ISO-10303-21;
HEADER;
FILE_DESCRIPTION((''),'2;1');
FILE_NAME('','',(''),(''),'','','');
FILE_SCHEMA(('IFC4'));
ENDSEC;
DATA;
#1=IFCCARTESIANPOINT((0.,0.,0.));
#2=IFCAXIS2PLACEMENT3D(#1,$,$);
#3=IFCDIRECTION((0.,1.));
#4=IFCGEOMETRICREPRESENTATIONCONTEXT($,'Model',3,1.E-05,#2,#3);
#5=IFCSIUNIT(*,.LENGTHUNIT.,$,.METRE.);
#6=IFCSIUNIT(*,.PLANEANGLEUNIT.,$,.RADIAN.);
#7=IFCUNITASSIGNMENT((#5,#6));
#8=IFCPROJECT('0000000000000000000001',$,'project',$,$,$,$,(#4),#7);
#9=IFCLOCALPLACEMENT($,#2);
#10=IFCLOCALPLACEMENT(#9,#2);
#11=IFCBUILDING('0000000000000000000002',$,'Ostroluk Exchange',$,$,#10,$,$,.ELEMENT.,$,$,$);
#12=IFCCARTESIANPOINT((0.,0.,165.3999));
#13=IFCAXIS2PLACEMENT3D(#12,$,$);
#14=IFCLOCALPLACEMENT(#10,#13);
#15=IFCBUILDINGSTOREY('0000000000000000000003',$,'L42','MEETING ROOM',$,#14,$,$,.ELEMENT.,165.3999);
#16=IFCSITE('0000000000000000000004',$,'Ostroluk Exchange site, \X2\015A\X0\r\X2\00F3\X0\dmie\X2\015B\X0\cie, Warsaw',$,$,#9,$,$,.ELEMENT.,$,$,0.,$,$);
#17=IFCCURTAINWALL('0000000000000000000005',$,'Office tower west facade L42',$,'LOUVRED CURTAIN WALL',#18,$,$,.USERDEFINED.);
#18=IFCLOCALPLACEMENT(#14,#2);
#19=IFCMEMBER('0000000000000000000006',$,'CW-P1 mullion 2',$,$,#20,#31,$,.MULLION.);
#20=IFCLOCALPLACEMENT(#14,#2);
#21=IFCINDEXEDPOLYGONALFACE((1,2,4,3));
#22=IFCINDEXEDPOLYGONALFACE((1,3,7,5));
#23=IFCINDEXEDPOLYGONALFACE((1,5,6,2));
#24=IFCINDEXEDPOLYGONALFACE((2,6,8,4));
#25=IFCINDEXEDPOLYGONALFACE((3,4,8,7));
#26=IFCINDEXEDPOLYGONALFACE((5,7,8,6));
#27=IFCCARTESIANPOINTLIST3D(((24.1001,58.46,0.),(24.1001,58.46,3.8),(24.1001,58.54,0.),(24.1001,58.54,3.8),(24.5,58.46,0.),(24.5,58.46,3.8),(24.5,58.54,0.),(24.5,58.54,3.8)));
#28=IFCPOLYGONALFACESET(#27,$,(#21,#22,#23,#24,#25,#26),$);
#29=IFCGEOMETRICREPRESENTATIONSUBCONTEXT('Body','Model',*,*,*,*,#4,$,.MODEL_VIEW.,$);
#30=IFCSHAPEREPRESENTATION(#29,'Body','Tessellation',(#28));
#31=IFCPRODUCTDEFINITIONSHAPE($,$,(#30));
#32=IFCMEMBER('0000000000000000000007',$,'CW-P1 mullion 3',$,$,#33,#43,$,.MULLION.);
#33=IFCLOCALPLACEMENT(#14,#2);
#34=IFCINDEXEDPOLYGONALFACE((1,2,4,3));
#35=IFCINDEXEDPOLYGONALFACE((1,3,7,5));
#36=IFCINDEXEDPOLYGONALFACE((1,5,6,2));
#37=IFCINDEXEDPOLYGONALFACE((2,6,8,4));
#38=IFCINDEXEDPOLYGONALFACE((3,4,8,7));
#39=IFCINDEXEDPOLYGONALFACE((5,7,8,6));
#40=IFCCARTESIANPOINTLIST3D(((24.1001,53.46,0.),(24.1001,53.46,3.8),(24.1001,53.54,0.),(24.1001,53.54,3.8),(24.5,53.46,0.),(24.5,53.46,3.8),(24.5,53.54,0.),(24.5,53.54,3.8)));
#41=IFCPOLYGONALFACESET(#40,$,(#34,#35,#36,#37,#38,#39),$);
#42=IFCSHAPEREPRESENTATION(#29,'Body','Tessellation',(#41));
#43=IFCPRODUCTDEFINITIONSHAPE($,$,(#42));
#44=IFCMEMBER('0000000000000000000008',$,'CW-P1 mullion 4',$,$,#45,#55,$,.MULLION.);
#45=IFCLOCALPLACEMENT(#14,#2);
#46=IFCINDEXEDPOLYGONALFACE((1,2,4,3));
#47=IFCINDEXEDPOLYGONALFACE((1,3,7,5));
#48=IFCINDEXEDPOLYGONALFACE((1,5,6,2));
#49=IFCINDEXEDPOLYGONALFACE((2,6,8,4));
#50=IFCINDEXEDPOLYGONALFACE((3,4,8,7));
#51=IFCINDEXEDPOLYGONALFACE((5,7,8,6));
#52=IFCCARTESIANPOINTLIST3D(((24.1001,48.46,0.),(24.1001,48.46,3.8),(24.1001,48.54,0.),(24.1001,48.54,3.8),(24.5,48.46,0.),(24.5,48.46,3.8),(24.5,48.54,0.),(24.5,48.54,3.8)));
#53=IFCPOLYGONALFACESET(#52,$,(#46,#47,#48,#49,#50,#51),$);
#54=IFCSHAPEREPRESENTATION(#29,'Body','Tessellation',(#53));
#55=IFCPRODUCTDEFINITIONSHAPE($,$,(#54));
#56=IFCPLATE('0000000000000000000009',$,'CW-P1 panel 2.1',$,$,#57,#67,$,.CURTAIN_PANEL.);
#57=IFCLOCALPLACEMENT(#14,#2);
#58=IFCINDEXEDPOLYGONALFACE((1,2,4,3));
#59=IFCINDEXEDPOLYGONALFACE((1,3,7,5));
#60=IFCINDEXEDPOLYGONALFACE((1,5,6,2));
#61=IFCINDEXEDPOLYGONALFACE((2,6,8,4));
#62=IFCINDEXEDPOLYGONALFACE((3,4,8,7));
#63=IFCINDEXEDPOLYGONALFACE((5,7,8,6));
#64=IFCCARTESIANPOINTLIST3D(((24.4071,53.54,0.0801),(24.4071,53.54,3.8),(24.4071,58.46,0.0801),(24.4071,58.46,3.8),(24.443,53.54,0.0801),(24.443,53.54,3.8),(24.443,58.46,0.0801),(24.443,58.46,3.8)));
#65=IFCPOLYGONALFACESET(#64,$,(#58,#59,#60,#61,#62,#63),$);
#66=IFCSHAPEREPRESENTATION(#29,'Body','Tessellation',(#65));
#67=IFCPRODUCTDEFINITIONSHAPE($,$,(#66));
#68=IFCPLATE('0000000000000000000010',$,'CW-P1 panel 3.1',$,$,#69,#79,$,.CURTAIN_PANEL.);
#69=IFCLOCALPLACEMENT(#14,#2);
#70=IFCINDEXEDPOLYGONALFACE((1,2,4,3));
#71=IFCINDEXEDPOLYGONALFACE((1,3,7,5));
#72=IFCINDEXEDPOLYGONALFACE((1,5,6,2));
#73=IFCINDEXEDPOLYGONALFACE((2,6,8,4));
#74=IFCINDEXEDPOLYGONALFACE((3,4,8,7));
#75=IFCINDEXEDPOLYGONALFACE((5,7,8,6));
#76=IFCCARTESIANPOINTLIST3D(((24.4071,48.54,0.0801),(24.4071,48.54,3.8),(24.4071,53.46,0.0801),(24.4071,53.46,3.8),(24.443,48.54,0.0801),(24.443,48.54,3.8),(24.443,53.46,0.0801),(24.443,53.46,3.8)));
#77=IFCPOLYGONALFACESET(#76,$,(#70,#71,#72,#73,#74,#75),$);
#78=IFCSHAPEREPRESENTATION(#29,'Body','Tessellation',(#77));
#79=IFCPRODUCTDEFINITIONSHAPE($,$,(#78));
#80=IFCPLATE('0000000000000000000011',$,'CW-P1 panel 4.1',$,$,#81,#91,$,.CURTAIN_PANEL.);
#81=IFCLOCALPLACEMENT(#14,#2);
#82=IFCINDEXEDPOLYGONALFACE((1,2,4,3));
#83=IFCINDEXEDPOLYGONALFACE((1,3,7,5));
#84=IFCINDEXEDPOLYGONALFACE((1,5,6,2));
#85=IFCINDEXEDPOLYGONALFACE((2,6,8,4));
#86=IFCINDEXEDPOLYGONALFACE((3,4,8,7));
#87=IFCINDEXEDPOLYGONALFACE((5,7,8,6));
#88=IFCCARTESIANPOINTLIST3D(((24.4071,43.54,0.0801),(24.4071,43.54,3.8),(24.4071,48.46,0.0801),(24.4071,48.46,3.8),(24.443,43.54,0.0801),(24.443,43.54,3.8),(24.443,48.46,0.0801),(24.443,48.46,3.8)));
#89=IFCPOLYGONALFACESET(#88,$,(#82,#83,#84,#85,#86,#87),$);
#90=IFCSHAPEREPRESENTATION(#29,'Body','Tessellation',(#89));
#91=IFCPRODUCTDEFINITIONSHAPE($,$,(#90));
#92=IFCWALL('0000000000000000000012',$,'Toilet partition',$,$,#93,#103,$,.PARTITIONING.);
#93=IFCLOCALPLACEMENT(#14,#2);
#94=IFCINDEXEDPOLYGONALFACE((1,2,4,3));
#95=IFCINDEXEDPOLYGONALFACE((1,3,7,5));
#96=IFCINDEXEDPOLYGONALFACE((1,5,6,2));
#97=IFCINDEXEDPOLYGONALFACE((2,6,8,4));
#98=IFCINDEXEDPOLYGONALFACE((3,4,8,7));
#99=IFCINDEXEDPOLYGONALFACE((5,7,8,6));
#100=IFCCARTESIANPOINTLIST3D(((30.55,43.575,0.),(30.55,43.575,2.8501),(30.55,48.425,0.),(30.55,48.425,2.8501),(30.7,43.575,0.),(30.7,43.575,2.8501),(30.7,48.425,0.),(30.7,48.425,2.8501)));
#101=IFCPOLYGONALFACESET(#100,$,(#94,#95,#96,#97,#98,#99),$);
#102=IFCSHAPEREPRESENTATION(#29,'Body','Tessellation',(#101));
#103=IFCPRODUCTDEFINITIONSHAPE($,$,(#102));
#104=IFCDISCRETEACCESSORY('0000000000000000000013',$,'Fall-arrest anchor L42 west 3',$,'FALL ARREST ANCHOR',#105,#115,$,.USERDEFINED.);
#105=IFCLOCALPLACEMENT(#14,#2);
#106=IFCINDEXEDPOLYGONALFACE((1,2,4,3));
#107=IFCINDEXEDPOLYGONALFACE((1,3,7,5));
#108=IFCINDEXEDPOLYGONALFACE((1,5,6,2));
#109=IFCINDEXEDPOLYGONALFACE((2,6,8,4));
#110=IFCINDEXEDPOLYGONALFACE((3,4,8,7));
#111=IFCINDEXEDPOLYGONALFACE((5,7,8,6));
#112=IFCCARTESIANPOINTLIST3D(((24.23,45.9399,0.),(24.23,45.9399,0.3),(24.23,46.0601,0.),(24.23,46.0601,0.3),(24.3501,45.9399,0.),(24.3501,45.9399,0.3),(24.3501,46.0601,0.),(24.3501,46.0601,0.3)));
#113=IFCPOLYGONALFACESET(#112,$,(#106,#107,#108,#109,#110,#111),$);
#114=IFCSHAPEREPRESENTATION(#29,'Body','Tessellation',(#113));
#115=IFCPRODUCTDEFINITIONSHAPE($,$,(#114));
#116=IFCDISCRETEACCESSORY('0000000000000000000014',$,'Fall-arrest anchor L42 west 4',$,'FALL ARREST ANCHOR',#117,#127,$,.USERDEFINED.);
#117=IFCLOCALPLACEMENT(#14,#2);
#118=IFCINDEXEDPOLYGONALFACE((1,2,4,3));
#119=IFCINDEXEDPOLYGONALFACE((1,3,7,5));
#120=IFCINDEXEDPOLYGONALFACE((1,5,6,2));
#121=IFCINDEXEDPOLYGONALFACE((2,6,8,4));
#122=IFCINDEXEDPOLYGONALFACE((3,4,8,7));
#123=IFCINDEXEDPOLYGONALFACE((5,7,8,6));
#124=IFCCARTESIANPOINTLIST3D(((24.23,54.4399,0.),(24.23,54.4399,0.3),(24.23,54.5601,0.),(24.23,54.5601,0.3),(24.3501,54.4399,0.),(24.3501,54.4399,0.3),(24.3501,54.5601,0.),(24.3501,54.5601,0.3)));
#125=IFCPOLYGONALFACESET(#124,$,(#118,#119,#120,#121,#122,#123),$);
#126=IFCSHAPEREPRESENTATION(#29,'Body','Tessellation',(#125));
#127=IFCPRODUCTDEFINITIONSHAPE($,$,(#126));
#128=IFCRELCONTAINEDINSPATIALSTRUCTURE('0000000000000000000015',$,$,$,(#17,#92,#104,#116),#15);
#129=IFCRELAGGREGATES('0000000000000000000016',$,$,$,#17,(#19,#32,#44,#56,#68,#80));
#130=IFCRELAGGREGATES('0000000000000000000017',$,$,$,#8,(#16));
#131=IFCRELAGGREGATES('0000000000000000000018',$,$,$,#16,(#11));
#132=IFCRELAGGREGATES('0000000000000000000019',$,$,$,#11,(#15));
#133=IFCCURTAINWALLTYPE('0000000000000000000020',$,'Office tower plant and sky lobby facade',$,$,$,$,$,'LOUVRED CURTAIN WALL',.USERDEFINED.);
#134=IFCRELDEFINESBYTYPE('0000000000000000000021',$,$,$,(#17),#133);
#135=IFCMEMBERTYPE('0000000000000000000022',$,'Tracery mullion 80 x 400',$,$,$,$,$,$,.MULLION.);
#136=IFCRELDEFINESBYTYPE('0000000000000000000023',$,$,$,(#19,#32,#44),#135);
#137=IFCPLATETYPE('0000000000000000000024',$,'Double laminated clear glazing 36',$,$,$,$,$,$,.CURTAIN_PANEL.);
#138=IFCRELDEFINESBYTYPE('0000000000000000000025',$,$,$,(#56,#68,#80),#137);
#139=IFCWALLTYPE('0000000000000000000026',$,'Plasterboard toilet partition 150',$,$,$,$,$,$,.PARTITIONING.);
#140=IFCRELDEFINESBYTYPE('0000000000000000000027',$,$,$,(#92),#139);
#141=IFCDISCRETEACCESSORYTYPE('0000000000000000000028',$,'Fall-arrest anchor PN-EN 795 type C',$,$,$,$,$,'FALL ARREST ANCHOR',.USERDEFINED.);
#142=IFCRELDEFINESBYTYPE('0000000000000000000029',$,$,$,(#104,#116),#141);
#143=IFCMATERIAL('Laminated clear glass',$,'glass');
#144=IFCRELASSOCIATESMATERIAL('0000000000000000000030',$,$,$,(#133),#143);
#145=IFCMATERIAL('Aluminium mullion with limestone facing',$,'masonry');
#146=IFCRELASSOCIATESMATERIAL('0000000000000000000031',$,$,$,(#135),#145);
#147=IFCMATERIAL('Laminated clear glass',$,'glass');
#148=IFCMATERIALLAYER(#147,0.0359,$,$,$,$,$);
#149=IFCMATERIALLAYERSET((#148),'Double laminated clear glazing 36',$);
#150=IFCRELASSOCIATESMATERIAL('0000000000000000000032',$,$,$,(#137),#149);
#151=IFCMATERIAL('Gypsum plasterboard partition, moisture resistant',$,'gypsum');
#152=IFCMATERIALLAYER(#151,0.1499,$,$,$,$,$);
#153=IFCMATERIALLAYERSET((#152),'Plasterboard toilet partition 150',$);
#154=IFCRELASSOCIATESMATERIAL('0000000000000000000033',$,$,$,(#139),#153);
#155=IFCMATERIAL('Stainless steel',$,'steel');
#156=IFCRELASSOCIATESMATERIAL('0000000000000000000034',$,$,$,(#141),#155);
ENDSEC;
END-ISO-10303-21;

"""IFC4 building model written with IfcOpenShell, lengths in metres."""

from ifc_helpers import new_model, si_unit, direction, frame, frame_2d, origin, origin_2d, place, context, subcontext, project, spatial, rectangle, extrude, material, layer, layer_set, material_profile, profile_set, type_object, element, aggregate, save


model = new_model("IFC4")

# Units and contexts
model_context = context("Model", 3, precision=1e-05, world=origin(), true_north=direction((0.0, 1.0)))
body_context = subcontext(model_context, "Body", "Model", "MODEL_VIEW")
ifc_project = project(units=[si_unit("LENGTHUNIT", "METRE"), si_unit("PLANEANGLEUNIT", "RADIAN")], contexts=[model_context])

# Site, building, storey
site_placement = place(None, origin())
site = spatial("IfcSite", under=ifc_project, at=site_placement, Name="Ostroluk Exchange site, Śródmieście, Warsaw", CompositionType="ELEMENT", RefElevation=0.0)
building_placement = place(site_placement, origin())
building = spatial("IfcBuilding", under=site, at=building_placement, Name="Ostroluk Exchange", CompositionType="ELEMENT")
storey_placement = place(building_placement, frame((0.0, 0.0, 165.3999)))
storey = spatial("IfcBuildingStorey", under=building, at=storey_placement, Name="L42", Description="MEETING ROOM", CompositionType="ELEMENT", Elevation=165.3999)

# Curtain wall, members, plates
ifc_material_1 = material(Name="Laminated clear glass", Category="glass")
curtain_wall_type = type_object("IfcCurtainWallType", Name="Office tower plant and sky lobby facade", ElementType="LOUVRED CURTAIN WALL", PredefinedType="USERDEFINED", material=ifc_material_1)
curtain_wall_placement = place(storey_placement, origin())
curtain_wall = element("IfcCurtainWall", 1, at=curtain_wall_placement, inside=storey, type_object=curtain_wall_type, Name="Office tower west facade L42", ObjectType="LOUVRED CURTAIN WALL", PredefinedType="USERDEFINED")
ifc_material_2 = material(Name="Aluminium mullion with limestone facing", Category="masonry")
ifc_material_profile_1 = material_profile(ifc_material_2, rectangle(XDim=0.3999, YDim=0.0801, at=origin_2d()), Name="Tracery mullion 80 x 400")
ifc_profile_set_1 = profile_set([ifc_material_profile_1], Name="Aluminium mullion with limestone facing")
member_type_1 = type_object("IfcMemberType", Name="Tracery mullion 80 x 400", PredefinedType="MULLION", material=ifc_profile_set_1)
member_1_placement = place(storey_placement, frame((24.3, 58.5, 0.0), z_axis=(0.0, 0.0, 1.0), x_axis=(1.0, 0.0, 0.0)))
member_1 = element("IfcMember", 2, at=member_1_placement, type_object=member_type_1, Name="CW-P1 mullion 2", PredefinedType="MULLION", context=body_context, shape_type="SweptSolid", body=[
    extrude(rectangle(XDim=0.3999, YDim=0.0801, at=origin_2d()), origin(), (0.0, 0.0, 1.0), 3.8),
])
member_2_placement = place(storey_placement, frame((24.3, 53.5, 0.0), z_axis=(0.0, 0.0, 1.0), x_axis=(1.0, 0.0, 0.0)))
member_2 = element("IfcMember", 3, at=member_2_placement, type_object=member_type_1, Name="CW-P1 mullion 3", PredefinedType="MULLION", context=body_context, shape_type="SweptSolid", body=[
    extrude(rectangle(XDim=0.3999, YDim=0.0801, at=origin_2d()), origin(), (0.0, 0.0, 1.0), 3.8),
])
member_3_placement = place(storey_placement, frame((24.3, 48.5, 0.0), z_axis=(0.0, 0.0, 1.0), x_axis=(1.0, 0.0, 0.0)))
member_3 = element("IfcMember", 4, at=member_3_placement, type_object=member_type_1, Name="CW-P1 mullion 4", PredefinedType="MULLION", context=body_context, shape_type="SweptSolid", body=[
    extrude(rectangle(XDim=0.3999, YDim=0.0801, at=origin_2d()), origin(), (0.0, 0.0, 1.0), 3.8),
])
ifc_material_3 = material(Name="Laminated clear glass", Category="glass")
ifc_layer_1 = layer(ifc_material_3, 0.0359)
ifc_layer_set_1 = layer_set([ifc_layer_1], Name="Double laminated clear glazing 36")
plate_type = type_object("IfcPlateType", Name="Double laminated clear glazing 36", PredefinedType="CURTAIN_PANEL", material=ifc_layer_set_1)
plate_1_placement = place(storey_placement, frame((24.425, 56.0, 0.0801), z_axis=(0.0, 0.0, 1.0), x_axis=(0.0, -1.0, 0.0)))
plate_1 = element("IfcPlate", 5, at=plate_1_placement, type_object=plate_type, Name="CW-P1 panel 2.1", PredefinedType="CURTAIN_PANEL", context=body_context, shape_type="SweptSolid", body=[
    extrude(rectangle(XDim=4.9199, YDim=0.0359, at=origin_2d()), origin(), (0.0, 0.0, 1.0), 3.72),
])
plate_2_placement = place(storey_placement, frame((24.425, 51.0, 0.0801), z_axis=(0.0, 0.0, 1.0), x_axis=(0.0, -1.0, 0.0)))
plate_2 = element("IfcPlate", 6, at=plate_2_placement, type_object=plate_type, Name="CW-P1 panel 3.1", PredefinedType="CURTAIN_PANEL", context=body_context, shape_type="SweptSolid", body=[
    extrude(rectangle(XDim=4.9199, YDim=0.0359, at=origin_2d()), origin(), (0.0, 0.0, 1.0), 3.72),
])
plate_3_placement = place(storey_placement, frame((24.425, 46.0, 0.0801), z_axis=(0.0, 0.0, 1.0), x_axis=(0.0, -1.0, 0.0)))
plate_3 = element("IfcPlate", 7, at=plate_3_placement, type_object=plate_type, Name="CW-P1 panel 4.1", PredefinedType="CURTAIN_PANEL", context=body_context, shape_type="SweptSolid", body=[
    extrude(rectangle(XDim=4.9199, YDim=0.0359, at=origin_2d()), origin(), (0.0, 0.0, 1.0), 3.72),
])
aggregate(curtain_wall, [member_1, member_2, member_3, plate_1, plate_2, plate_3])

# Wall
ifc_material_4 = material(Name="Gypsum plasterboard partition, moisture resistant", Category="gypsum")
ifc_layer_2 = layer(ifc_material_4, 0.1499)
ifc_layer_set_2 = layer_set([ifc_layer_2], Name="Plasterboard toilet partition 150")
wall_type = type_object("IfcWallType", Name="Plasterboard toilet partition 150", PredefinedType="PARTITIONING", material=ifc_layer_set_2)
wall_placement = place(storey_placement, frame((30.625, 48.425, 0.0), z_axis=(0.0, 0.0, 1.0), x_axis=(0.0, -1.0, 0.0)))
element("IfcWall", 8, at=wall_placement, inside=storey, type_object=wall_type, Name="Toilet partition", PredefinedType="PARTITIONING", context=body_context, shape_type="SweptSolid", body=[
    extrude(rectangle(XDim=4.8501, YDim=0.1499, at=frame_2d((2.425, 0.0))), origin(), (0.0, 0.0, 1.0), 2.8501),
])

# Discrete accessories
ifc_material_5 = material(Name="Stainless steel", Category="steel")
discrete_accessory_type = type_object("IfcDiscreteAccessoryType", Name="Fall-arrest anchor PN-EN 795 type C", ElementType="FALL ARREST ANCHOR", PredefinedType="USERDEFINED", material=ifc_material_5)
for number, where, z_axis, x_axis, name in (
    (9, (24.29, 46.0, 0.0), (0.0, 0.0, 1.0), (1.0, 0.0, 0.0), "Fall-arrest anchor L42 west 3"),
    (10, (24.29, 54.5, 0.0), (0.0, 0.0, 1.0), (1.0, 0.0, 0.0), "Fall-arrest anchor L42 west 4"),
):
    element("IfcDiscreteAccessory", number, at=place(storey_placement, frame(where, z_axis=z_axis, x_axis=x_axis)), inside=storey, type_object=discrete_accessory_type, Name=name, ObjectType="FALL ARREST ANCHOR", PredefinedType="USERDEFINED", context=body_context, shape_type="SweptSolid", body=[
        extrude(rectangle(XDim=0.1201, YDim=0.1201, at=origin_2d()), origin(), (0.0, 0.0, 1.0), 0.3),
    ])

save(model, "model.ifc")
